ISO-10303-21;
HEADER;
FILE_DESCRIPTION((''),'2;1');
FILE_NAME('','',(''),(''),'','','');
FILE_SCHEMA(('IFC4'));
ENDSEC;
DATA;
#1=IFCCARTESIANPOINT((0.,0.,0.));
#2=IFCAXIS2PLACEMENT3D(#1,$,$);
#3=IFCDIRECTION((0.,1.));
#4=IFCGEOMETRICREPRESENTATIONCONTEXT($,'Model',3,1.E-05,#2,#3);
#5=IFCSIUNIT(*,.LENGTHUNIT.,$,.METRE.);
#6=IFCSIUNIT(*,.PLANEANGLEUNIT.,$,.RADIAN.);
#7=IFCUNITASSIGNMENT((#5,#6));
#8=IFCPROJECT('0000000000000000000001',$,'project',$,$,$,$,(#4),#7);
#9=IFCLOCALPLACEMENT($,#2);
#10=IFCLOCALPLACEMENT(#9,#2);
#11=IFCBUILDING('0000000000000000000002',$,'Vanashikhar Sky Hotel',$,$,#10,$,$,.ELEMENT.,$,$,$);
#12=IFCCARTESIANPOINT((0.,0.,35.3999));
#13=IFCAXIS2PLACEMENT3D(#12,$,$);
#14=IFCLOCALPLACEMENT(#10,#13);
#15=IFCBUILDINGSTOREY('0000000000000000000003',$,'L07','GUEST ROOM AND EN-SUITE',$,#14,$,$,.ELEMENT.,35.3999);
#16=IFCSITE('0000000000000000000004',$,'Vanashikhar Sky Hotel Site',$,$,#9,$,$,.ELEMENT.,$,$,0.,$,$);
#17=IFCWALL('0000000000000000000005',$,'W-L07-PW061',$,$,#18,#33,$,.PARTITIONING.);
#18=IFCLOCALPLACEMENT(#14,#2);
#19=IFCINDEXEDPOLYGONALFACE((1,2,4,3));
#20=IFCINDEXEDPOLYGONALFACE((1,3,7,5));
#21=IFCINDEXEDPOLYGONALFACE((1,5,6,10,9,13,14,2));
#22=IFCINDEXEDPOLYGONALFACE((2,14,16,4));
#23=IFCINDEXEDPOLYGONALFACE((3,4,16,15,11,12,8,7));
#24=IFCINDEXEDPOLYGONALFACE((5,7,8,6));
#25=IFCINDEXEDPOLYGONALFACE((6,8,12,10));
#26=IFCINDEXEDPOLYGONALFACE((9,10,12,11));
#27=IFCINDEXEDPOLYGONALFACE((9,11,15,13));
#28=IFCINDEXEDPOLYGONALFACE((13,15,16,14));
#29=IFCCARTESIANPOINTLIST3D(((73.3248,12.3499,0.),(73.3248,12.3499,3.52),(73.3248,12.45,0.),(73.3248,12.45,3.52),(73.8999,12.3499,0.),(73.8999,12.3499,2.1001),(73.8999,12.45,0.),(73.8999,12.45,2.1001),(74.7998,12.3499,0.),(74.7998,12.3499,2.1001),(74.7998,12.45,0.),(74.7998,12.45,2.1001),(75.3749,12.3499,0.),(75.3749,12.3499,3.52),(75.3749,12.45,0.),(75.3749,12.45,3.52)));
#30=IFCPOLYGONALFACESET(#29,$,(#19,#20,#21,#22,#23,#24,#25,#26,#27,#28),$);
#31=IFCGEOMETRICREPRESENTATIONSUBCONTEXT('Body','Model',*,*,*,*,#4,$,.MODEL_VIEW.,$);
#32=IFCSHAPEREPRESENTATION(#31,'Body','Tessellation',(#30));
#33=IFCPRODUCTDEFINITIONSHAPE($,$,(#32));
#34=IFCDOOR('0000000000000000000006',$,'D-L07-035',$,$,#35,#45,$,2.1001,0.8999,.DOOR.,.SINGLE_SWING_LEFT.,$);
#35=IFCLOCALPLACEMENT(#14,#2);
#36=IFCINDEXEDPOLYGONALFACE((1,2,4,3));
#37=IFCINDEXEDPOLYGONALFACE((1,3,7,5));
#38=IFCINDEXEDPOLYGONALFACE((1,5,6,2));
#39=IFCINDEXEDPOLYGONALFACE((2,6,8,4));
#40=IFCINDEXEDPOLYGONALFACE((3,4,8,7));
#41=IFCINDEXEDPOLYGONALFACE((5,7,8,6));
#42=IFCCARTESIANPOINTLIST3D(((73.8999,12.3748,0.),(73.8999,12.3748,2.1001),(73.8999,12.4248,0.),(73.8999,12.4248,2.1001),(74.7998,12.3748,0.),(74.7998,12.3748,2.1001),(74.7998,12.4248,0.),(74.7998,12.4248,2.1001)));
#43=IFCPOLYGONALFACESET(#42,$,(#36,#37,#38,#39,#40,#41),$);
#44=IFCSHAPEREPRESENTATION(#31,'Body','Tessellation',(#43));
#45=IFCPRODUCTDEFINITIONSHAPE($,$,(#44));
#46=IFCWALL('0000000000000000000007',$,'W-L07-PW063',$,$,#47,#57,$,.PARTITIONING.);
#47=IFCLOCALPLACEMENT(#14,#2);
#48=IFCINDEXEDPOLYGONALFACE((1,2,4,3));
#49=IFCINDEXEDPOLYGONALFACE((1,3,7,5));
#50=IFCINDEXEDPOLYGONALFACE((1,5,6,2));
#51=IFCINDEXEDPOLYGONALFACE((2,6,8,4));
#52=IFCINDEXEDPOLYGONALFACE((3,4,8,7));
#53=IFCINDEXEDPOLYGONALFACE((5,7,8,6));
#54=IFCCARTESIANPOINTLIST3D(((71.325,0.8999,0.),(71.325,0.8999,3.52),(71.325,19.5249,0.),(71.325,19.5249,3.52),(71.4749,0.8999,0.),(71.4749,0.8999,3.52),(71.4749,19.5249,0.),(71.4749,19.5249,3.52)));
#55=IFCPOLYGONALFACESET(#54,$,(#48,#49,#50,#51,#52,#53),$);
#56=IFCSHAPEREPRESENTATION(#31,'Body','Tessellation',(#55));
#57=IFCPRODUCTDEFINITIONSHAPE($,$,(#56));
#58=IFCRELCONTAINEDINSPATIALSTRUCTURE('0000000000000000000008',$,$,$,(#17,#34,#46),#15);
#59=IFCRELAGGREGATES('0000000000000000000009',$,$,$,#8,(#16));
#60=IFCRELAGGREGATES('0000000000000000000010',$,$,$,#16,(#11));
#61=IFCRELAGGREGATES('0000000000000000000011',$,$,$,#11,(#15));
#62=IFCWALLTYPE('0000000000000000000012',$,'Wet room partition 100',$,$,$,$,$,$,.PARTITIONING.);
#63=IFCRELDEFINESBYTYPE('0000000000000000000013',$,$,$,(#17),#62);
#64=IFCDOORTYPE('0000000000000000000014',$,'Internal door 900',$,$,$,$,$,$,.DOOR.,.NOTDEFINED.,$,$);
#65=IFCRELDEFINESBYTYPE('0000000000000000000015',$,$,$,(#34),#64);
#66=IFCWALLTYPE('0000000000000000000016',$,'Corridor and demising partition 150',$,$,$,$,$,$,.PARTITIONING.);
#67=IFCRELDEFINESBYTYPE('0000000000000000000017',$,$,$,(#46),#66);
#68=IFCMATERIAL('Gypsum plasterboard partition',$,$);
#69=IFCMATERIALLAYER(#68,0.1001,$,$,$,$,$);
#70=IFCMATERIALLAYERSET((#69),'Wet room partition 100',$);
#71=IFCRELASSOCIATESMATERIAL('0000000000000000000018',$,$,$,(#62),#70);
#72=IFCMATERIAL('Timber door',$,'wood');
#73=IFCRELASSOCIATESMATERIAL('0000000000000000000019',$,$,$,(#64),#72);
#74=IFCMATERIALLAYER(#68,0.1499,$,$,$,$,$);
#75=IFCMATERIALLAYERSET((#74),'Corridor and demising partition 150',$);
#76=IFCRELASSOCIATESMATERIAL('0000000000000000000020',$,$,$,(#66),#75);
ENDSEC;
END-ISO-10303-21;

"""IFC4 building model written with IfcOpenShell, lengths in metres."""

from ifc_helpers import new_model, si_unit, direction, frame, frame_2d, origin, place, context, subcontext, project, spatial, rectangle, extrude, source, transform, mapped, material, layer, layer_set, type_object, element, fill, save


model = new_model("IFC4")

# Units and contexts
model_context = context("Model", 3, precision=1e-05, world=origin(), true_north=direction((0.0, 1.0)))
body_context = subcontext(model_context, "Body", "Model", "MODEL_VIEW")
ifc_project = project(units=[si_unit("LENGTHUNIT", "METRE"), si_unit("PLANEANGLEUNIT", "RADIAN")], contexts=[model_context])

# Site, building, storey
site_placement = place(None, origin())
site = spatial("IfcSite", under=ifc_project, at=site_placement, Name="Vanashikhar Sky Hotel Site", CompositionType="ELEMENT", RefElevation=0.0)
building_placement = place(site_placement, origin())
building = spatial("IfcBuilding", under=site, at=building_placement, Name="Vanashikhar Sky Hotel", CompositionType="ELEMENT")
storey_placement = place(building_placement, frame((0.0, 0.0, 35.3999)))
storey = spatial("IfcBuildingStorey", under=building, at=storey_placement, Name="L07", Description="GUEST ROOM AND EN-SUITE", CompositionType="ELEMENT", Elevation=35.3999)

# Shared definitions
ifc_material_1 = material(Name="Gypsum plasterboard partition")
ifc_layer_1 = layer(ifc_material_1, 0.1001)
ifc_layer_set_1 = layer_set([ifc_layer_1], Name="Wet room partition 100")
wall_type_1 = type_object("IfcWallType", Name="Wet room partition 100", PredefinedType="PARTITIONING", material=ifc_layer_set_1)

# Wall, opening, door
shared_shape_1 = source(origin(), body_context, "Body", "SweptSolid", [
    extrude(rectangle(XDim=2.05, YDim=0.1001, at=frame_2d((1.0249, 0.0))), origin(), (0.0, 0.0, 1.0), 3.52),
])
shared_shape_2 = source(origin(), body_context, "Body", "SweptSolid", [
    extrude(rectangle(XDim=0.8999, YDim=2.1001, at=frame_2d((0.45, 1.05))), frame((0.0, 0.0601, 0.0), z_axis=(0.0, -1.0, 0.0), x_axis=(1.0, 0.0, 0.0)), (0.0, 0.0, 1.0), 0.1201),
])
ifc_material_2 = material(Name="Timber door", Category="wood")
door_type_1 = type_object("IfcDoorType", Name="Internal door 900", OperationType="NOTDEFINED", PredefinedType="DOOR", material=ifc_material_2)
shared_shape_3 = source(origin(), body_context, "Body", "SweptSolid", [
    extrude(rectangle(XDim=0.8999, YDim=2.1001, at=frame_2d((0.45, 1.05))), frame((0.0, 0.0249, 0.0), z_axis=(0.0, -1.0, 0.0), x_axis=(1.0, 0.0, 0.0)), (0.0, 0.0, 1.0), 0.05),
])
wall_1_placement = place(storey_placement, frame((73.325, 12.3999, 0.0), z_axis=(0.0, 0.0, 1.0), x_axis=(1.0, 0.0, 0.0)))
wall_1 = element("IfcWall", 1, at=wall_1_placement, inside=storey, type_object=wall_type_1, Name="W-L07-PW061", PredefinedType="PARTITIONING", context=body_context, shape_type="MappedRepresentation", body=[
    mapped(shared_shape_1, transform((0.0, 0.0, 0.0), scale=1.0)),
])
opening_1_placement = place(wall_1_placement, frame((0.575, 0.0, 0.0)))
opening_1 = element("IfcOpeningElement", 2, at=opening_1_placement, cuts=wall_1, PredefinedType="OPENING", context=body_context, shape_type="MappedRepresentation", body=[
    mapped(shared_shape_2, transform((0.0, 0.0, 0.0), scale=1.0)),
])
door_1_placement = place(opening_1_placement, origin())
door_1 = element("IfcDoor", 3, at=door_1_placement, inside=storey, type_object=door_type_1, Name="D-L07-035", OperationType="SINGLE_SWING_LEFT", OverallHeight=2.1001, OverallWidth=0.8999, PredefinedType="DOOR", context=body_context, shape_type="MappedRepresentation", body=[
    mapped(shared_shape_3, transform((0.0, 0.0, 0.0), scale=1.0)),
])
fill(opening_1, door_1)

# Wall
ifc_layer_2 = layer(ifc_material_1, 0.1499)
ifc_layer_set_2 = layer_set([ifc_layer_2], Name="Corridor and demising partition 150")
wall_type_2 = type_object("IfcWallType", Name="Corridor and demising partition 150", PredefinedType="PARTITIONING", material=ifc_layer_set_2)
shared_shape_4 = source(origin(), body_context, "Body", "SweptSolid", [
    extrude(rectangle(XDim=18.625, YDim=0.1499, at=frame_2d((9.3125, 0.0))), origin(), (0.0, 0.0, 1.0), 3.52),
])
wall_2_placement = place(storey_placement, frame((71.3999, 0.8999, 0.0), z_axis=(0.0, 0.0, 1.0), x_axis=(0.0, 1.0, 0.0)))
element("IfcWall", 4, at=wall_2_placement, inside=storey, type_object=wall_type_2, Name="W-L07-PW063", PredefinedType="PARTITIONING", context=body_context, shape_type="MappedRepresentation", body=[
    mapped(shared_shape_4, transform((0.0, 0.0, 0.0), scale=1.0)),
])

save(model, "model.ifc")
